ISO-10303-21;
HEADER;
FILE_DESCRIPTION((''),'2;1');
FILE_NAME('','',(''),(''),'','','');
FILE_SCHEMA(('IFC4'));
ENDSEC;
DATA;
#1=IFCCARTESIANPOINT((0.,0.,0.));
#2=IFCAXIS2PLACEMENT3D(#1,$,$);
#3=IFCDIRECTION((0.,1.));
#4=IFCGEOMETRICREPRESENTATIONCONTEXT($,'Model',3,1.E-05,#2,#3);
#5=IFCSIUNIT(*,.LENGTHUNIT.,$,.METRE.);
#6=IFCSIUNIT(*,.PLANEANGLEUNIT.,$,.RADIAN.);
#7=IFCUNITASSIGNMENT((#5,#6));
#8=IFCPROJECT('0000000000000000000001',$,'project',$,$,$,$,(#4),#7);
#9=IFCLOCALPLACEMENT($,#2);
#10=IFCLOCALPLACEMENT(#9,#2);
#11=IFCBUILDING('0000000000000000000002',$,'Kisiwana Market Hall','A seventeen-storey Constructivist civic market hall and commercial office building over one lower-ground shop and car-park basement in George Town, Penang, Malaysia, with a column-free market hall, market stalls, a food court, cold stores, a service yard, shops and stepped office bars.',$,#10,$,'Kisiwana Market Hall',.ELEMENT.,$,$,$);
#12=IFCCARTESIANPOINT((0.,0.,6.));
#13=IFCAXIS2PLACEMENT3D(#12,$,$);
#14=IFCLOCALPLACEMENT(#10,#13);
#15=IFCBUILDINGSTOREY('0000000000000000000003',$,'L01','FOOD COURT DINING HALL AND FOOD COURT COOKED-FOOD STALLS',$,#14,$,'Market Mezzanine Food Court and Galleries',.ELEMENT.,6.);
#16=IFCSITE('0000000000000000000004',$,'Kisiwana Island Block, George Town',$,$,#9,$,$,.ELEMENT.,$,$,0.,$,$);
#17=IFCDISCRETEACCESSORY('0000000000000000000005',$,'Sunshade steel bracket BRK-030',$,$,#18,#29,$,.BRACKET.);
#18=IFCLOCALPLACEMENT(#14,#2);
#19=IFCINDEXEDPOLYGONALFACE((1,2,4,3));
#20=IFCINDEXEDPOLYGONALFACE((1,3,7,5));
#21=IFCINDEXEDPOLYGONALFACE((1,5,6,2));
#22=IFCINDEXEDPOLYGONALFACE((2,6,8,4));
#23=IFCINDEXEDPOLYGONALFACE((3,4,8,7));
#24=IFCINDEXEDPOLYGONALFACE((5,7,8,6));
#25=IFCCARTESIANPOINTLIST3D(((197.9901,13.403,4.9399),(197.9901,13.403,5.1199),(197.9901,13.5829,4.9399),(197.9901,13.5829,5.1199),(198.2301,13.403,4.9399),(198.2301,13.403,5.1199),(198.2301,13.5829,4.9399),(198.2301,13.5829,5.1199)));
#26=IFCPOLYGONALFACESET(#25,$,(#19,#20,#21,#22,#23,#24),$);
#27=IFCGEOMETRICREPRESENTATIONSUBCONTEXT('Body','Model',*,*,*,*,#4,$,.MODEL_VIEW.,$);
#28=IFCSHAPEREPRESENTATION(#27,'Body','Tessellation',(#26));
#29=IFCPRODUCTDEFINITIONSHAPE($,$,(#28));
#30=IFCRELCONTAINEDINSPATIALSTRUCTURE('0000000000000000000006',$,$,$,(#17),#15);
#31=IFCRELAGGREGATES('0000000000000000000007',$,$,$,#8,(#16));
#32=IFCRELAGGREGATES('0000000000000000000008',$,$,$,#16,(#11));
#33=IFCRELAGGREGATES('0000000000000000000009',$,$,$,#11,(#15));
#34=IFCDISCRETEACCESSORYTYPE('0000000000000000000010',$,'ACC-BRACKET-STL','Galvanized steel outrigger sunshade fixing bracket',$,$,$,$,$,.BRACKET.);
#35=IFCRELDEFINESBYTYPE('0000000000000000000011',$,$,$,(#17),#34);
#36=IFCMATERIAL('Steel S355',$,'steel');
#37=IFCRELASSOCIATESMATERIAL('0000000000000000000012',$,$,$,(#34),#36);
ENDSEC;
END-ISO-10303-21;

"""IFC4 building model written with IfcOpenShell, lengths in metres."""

from ifc_helpers import new_model, si_unit, direction, frame, origin, origin_2d, place, context, subcontext, project, spatial, rectangle, extrude, material, type_object, element, save


model = new_model("IFC4")

# Units and contexts
model_context = context("Model", 3, precision=1e-05, world=origin(), true_north=direction((0.0, 1.0)))
body_context = subcontext(model_context, "Body", "Model", "MODEL_VIEW")
ifc_project = project(units=[si_unit("LENGTHUNIT", "METRE"), si_unit("PLANEANGLEUNIT", "RADIAN")], contexts=[model_context])

# Site, building, storey
site_placement = place(None, origin())
site = spatial("IfcSite", under=ifc_project, at=site_placement, Name="Kisiwana Island Block, George Town", CompositionType="ELEMENT", RefElevation=0.0)
building_placement = place(site_placement, origin())
building = spatial("IfcBuilding", under=site, at=building_placement, Name="Kisiwana Market Hall", Description="A seventeen-storey Constructivist civic market hall and commercial office building over one lower-ground shop and car-park basement in George Town, Penang, Malaysia, with a column-free market hall, market stalls, a food court, cold stores, a service yard, shops and stepped office bars.", LongName="Kisiwana Market Hall", CompositionType="ELEMENT")
storey_placement = place(building_placement, frame((0.0, 0.0, 6.0)))
storey = spatial("IfcBuildingStorey", under=building, at=storey_placement, Name="L01", Description="FOOD COURT DINING HALL AND FOOD COURT COOKED-FOOD STALLS", LongName="Market Mezzanine Food Court and Galleries", CompositionType="ELEMENT", Elevation=6.0)

# Discrete accessory
ifc_material_1 = material(Name="Steel S355", Category="steel")
discrete_accessory_type = type_object("IfcDiscreteAccessoryType", Name="ACC-BRACKET-STL", Description="Galvanized steel outrigger sunshade fixing bracket", PredefinedType="BRACKET", material=ifc_material_1)
discrete_accessory_placement = place(storey_placement, frame((198.1101, 13.4929, 4.9399), z_axis=(0.0, 0.0, 1.0), x_axis=(0.0, 1.0, 0.0)))
element("IfcDiscreteAccessory", 1, at=discrete_accessory_placement, inside=storey, type_object=discrete_accessory_type, Name="Sunshade steel bracket BRK-030", PredefinedType="BRACKET", context=body_context, shape_type="SweptSolid", body=[
    extrude(rectangle(XDim=0.1799, YDim=0.24, at=origin_2d()), origin(), (0.0, 0.0, 1.0), 0.1799),
])

save(model, "model.ifc")
